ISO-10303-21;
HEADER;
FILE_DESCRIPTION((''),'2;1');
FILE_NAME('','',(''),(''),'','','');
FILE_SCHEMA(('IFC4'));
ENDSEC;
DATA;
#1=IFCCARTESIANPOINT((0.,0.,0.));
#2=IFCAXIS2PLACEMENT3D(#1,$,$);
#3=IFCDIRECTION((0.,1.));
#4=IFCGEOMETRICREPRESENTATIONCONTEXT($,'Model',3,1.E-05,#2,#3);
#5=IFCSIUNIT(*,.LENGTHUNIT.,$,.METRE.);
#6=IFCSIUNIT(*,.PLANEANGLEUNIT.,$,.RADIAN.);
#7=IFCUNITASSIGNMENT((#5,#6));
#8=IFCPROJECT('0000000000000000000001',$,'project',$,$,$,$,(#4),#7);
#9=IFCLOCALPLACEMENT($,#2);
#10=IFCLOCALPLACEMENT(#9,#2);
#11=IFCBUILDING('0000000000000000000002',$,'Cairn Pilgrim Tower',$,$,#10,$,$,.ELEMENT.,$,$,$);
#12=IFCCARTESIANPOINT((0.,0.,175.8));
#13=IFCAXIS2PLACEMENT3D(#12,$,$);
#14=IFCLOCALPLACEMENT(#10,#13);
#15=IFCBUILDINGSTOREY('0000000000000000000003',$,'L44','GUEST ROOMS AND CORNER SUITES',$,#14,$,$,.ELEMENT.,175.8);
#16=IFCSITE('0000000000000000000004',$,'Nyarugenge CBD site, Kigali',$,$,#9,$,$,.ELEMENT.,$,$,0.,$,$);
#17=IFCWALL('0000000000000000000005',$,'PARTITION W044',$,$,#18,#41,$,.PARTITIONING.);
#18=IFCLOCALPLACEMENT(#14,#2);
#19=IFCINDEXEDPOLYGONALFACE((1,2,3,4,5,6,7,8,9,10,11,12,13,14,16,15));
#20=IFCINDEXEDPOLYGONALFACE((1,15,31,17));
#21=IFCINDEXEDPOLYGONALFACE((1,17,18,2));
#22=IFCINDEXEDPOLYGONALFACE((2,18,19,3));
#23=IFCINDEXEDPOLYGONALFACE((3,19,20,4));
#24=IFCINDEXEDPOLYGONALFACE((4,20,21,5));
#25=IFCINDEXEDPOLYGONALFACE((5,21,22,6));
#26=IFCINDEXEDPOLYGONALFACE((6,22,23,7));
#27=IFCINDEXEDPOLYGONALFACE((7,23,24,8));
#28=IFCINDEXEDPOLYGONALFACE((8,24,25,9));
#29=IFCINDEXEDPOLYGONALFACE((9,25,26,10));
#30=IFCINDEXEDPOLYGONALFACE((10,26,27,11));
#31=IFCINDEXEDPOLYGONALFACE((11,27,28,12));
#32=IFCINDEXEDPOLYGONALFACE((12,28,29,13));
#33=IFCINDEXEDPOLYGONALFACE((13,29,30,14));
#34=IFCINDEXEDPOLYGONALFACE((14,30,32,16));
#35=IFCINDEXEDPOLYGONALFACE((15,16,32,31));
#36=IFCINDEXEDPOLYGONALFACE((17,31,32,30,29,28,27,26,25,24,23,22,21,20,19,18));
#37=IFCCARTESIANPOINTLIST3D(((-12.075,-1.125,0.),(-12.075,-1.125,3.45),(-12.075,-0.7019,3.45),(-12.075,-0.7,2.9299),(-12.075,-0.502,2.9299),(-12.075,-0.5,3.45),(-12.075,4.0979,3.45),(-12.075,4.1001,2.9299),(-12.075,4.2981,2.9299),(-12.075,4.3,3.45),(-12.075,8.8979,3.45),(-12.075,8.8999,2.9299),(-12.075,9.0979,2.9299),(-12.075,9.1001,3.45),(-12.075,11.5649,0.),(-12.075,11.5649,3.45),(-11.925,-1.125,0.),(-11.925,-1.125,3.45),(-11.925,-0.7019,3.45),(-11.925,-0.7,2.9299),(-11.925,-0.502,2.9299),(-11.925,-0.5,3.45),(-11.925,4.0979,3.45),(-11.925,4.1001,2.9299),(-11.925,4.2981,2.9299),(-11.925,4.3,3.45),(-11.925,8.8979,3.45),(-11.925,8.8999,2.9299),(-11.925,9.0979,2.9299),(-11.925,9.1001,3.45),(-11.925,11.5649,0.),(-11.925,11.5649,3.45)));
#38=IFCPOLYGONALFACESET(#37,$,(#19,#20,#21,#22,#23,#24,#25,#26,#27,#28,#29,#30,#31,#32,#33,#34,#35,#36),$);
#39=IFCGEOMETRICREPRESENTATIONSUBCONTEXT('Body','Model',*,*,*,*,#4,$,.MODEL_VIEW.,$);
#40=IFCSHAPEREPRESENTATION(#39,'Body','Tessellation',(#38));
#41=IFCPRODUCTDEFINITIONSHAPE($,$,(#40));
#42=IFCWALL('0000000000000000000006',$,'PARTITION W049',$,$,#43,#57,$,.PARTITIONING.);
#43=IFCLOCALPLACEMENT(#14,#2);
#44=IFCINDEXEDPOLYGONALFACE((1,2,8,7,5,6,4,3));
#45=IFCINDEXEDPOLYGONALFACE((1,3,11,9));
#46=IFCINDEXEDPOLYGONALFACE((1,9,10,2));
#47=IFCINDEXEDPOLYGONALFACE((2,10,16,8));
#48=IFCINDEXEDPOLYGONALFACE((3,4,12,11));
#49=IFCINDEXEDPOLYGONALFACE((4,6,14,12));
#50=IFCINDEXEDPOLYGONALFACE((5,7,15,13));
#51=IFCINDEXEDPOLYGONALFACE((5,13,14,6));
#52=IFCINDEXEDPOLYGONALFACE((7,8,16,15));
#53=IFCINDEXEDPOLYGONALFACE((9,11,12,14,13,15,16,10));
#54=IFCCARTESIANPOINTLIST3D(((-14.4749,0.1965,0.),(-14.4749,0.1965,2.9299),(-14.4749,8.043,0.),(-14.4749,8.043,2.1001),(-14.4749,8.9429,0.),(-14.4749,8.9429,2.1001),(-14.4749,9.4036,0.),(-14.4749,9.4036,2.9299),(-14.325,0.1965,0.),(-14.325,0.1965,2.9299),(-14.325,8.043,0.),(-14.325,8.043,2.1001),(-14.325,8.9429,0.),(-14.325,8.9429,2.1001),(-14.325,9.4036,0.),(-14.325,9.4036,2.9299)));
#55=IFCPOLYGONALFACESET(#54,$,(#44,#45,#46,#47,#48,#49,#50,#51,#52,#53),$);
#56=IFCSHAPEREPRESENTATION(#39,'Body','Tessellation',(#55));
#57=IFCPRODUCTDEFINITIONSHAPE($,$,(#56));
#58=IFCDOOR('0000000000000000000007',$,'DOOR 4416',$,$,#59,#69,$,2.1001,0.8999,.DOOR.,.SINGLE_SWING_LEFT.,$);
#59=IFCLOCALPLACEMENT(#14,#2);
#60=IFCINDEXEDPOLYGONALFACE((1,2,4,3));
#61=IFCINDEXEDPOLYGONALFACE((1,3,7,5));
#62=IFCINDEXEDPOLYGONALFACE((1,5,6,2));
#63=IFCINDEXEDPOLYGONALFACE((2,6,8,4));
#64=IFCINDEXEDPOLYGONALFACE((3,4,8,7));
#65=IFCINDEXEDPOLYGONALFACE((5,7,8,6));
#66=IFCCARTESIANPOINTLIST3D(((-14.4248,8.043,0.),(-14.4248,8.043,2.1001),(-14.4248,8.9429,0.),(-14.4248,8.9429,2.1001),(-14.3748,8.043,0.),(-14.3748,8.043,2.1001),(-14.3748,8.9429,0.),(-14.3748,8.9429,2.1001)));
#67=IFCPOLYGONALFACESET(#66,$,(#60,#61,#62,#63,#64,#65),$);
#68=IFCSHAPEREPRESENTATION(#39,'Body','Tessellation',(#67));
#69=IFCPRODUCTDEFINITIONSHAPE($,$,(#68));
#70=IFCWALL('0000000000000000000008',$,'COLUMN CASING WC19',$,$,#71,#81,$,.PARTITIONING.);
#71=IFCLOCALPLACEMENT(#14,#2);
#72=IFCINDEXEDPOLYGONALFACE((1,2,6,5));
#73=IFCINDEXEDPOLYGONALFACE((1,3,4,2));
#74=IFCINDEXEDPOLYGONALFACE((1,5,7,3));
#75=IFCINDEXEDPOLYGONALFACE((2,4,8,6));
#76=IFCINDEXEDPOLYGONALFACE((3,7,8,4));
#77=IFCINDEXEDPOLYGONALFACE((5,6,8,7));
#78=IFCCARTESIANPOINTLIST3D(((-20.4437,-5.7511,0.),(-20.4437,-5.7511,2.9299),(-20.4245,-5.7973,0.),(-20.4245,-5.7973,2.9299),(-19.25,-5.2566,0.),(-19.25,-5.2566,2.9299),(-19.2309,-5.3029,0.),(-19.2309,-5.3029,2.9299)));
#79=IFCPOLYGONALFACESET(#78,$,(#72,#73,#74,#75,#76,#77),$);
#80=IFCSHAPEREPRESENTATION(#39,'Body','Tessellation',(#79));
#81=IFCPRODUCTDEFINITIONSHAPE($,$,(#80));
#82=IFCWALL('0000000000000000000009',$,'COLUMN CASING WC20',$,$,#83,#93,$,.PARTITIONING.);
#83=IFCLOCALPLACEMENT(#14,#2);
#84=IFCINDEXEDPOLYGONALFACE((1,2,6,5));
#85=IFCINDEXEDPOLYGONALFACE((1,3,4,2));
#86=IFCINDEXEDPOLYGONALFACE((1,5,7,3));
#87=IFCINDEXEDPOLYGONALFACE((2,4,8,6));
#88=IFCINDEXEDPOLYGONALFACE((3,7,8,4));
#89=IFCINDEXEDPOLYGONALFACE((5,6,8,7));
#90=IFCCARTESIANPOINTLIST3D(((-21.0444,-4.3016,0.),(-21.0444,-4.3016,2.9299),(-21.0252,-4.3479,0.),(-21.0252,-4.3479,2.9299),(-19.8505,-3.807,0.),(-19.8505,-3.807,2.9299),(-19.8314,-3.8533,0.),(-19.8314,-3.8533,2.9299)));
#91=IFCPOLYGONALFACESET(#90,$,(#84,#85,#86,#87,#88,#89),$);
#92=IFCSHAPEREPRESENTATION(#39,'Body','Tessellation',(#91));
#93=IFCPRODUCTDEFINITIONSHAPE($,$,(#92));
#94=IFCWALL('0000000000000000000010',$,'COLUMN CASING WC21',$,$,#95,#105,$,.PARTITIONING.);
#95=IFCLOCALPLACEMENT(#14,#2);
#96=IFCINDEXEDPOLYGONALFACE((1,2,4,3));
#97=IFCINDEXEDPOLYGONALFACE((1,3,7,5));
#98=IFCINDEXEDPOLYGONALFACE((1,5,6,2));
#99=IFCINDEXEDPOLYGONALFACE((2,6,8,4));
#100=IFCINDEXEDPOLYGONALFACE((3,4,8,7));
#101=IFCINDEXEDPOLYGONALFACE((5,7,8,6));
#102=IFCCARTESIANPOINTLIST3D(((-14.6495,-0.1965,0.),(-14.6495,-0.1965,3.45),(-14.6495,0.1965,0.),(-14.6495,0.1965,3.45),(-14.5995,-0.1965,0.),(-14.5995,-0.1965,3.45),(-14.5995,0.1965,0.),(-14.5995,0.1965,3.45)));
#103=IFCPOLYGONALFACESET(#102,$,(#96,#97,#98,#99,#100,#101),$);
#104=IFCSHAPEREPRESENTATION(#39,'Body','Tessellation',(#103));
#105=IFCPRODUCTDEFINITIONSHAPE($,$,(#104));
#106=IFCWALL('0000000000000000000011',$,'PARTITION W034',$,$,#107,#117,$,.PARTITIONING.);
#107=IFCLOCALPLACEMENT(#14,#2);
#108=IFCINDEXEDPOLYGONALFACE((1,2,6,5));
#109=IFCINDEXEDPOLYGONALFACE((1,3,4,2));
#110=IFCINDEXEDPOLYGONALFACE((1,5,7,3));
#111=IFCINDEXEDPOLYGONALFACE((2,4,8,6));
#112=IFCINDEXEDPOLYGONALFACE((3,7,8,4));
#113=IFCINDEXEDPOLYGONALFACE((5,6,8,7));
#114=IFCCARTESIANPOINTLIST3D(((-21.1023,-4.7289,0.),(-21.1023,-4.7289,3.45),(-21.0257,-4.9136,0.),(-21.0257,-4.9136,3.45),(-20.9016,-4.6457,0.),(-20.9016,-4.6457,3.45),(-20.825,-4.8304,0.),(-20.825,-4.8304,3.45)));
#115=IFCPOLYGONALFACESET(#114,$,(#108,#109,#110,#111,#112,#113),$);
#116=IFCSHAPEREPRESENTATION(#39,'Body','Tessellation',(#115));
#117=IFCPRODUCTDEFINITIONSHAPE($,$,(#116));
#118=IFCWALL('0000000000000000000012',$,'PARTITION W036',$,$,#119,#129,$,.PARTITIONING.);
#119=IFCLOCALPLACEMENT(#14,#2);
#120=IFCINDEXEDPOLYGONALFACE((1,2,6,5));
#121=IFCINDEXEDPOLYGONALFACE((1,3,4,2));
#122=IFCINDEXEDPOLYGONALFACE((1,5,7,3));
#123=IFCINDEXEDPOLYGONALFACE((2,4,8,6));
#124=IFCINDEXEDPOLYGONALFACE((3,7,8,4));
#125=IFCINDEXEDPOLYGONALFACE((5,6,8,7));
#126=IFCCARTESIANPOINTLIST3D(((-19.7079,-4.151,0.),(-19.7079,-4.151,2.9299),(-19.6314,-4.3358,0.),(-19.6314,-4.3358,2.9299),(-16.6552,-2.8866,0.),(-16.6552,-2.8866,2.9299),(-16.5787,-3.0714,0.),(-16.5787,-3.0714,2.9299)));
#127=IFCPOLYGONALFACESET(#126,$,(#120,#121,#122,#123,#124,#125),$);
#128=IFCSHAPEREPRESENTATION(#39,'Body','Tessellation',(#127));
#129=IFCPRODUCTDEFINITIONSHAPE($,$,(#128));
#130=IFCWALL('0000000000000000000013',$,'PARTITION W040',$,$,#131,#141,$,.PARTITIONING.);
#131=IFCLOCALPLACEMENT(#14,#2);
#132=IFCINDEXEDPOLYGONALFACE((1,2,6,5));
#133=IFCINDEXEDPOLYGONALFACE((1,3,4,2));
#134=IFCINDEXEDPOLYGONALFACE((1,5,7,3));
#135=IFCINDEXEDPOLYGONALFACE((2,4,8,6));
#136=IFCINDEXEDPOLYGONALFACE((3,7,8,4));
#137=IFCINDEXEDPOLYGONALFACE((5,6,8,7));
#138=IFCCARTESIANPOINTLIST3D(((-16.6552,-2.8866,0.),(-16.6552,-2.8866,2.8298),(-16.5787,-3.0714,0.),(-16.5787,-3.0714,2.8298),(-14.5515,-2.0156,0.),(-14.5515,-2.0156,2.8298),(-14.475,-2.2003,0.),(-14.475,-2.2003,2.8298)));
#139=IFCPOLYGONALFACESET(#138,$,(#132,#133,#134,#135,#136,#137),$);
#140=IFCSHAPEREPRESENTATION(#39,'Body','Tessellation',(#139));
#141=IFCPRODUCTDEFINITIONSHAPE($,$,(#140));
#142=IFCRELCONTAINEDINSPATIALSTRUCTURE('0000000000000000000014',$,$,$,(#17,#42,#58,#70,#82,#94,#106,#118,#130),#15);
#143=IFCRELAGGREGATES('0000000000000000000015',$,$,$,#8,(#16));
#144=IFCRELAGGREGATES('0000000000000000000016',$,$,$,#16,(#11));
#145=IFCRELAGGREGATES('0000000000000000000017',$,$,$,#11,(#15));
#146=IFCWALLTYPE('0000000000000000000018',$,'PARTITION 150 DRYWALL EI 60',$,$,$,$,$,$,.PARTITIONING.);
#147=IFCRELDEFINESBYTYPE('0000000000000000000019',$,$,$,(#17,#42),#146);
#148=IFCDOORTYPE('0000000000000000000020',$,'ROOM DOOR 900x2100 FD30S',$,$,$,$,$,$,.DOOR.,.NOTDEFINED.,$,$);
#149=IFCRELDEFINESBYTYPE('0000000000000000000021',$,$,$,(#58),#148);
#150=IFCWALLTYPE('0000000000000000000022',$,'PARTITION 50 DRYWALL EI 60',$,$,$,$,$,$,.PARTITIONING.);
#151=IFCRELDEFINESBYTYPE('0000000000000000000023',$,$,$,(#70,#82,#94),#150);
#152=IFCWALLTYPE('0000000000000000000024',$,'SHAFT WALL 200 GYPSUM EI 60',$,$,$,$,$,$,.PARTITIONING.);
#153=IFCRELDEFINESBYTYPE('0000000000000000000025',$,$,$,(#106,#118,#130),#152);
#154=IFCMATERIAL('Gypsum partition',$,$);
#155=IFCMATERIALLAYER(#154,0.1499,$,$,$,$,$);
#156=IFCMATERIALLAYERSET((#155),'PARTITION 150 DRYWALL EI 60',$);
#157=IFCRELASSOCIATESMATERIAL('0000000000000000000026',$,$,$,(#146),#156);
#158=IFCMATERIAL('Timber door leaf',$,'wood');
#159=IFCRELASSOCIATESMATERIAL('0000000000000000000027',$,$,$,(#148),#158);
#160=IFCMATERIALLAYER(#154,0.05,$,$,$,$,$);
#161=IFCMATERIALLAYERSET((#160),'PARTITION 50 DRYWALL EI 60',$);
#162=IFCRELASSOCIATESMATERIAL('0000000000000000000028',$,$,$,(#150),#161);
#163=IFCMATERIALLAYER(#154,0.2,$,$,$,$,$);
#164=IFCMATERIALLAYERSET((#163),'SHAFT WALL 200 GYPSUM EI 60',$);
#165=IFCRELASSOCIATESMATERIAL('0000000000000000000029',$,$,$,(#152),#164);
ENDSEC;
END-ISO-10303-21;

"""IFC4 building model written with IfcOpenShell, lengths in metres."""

from ifc_helpers import new_model, si_unit, direction, frame, frame_2d, origin, place, context, subcontext, project, spatial, polyline, rectangle, outline, extrude, material, layer, layer_set, type_object, element, fill, save


model = new_model("IFC4")

# Units and contexts
model_context = context("Model", 3, precision=1e-05, world=origin(), true_north=direction((0.0, 1.0)))
body_context = subcontext(model_context, "Body", "Model", "MODEL_VIEW")
ifc_project = project(units=[si_unit("LENGTHUNIT", "METRE"), si_unit("PLANEANGLEUNIT", "RADIAN")], contexts=[model_context])

# Site, building, storey
site_placement = place(None, origin())
site = spatial("IfcSite", under=ifc_project, at=site_placement, Name="Nyarugenge CBD site, Kigali", CompositionType="ELEMENT", RefElevation=0.0)
building_placement = place(site_placement, origin())
building = spatial("IfcBuilding", under=site, at=building_placement, Name="Cairn Pilgrim Tower", CompositionType="ELEMENT")
storey_placement = place(building_placement, frame((0.0, 0.0, 175.8)))
storey = spatial("IfcBuildingStorey", under=building, at=storey_placement, Name="L44", Description="GUEST ROOMS AND CORNER SUITES", CompositionType="ELEMENT", Elevation=175.8)

# Shared definitions
ifc_material_1 = material(Name="Gypsum partition")

# Shared definitions
ifc_material_2 = material(Name="Timber door leaf", Category="wood")

# Shared definitions
ifc_layer_1 = layer(ifc_material_1, 0.1499)
ifc_layer_set_1 = layer_set([ifc_layer_1], Name="PARTITION 150 DRYWALL EI 60")
wall_type_1 = type_object("IfcWallType", Name="PARTITION 150 DRYWALL EI 60", PredefinedType="PARTITIONING", material=ifc_layer_set_1)

# Shared definitions
door_type_1 = type_object("IfcDoorType", Name="ROOM DOOR 900x2100 FD30S", OperationType="NOTDEFINED", PredefinedType="DOOR", material=ifc_material_2)

# Wall
wall_1_placement = place(storey_placement, frame((-12.0, -1.125, 0.0), z_axis=(0.0, 0.0, 1.0), x_axis=(0.0, 1.0, 0.0)))
element("IfcWall", 1, at=wall_1_placement, inside=storey, type_object=wall_type_1, Name="PARTITION W044", PredefinedType="PARTITIONING", context=body_context, shape_type="SweptSolid", body=[
    extrude(outline(polyline([(0.0, 0.0), (12.6899, 0.0), (12.6899, 3.45), (10.2251, 3.45), (10.2229, 2.9299), (10.0249, 2.9299), (10.0229, 3.45), (5.425, 3.45), (5.4231, 2.9299), (5.2251, 2.9299), (5.2229, 3.45), (0.625, 3.45), (0.623, 2.9299), (0.425, 2.9299), (0.4231, 3.45), (0.0, 3.45), (0.0, 0.0)])), frame((0.0, 0.075, 0.0), z_axis=(0.0, -1.0, 0.0), x_axis=(1.0, 0.0, 0.0)), (0.0, 0.0, 1.0), 0.1499),
])

# Wall, opening, door
wall_2_placement = place(storey_placement, frame((-14.3999, 0.1965, 0.0), z_axis=(0.0, 0.0, 1.0), x_axis=(0.0, 1.0, 0.0)))
wall_2 = element("IfcWall", 2, at=wall_2_placement, inside=storey, type_object=wall_type_1, Name="PARTITION W049", PredefinedType="PARTITIONING", context=body_context, shape_type="SweptSolid", body=[
    extrude(rectangle(XDim=9.207, YDim=0.1499, at=frame_2d((4.6035, 0.0))), origin(), (0.0, 0.0, 1.0), 2.9299),
])
opening_1_placement = place(wall_2_placement, frame((7.8464, 0.0, 0.0)))
opening_1 = element("IfcOpeningElement", 3, at=opening_1_placement, cuts=wall_2, PredefinedType="OPENING", context=body_context, shape_type="SweptSolid", body=[
    extrude(rectangle(XDim=0.8999, YDim=2.1001, at=frame_2d((0.45, 1.05))), frame((0.0, 0.085, 0.0), z_axis=(0.0, -1.0, 0.0), x_axis=(1.0, 0.0, 0.0)), (0.0, 0.0, 1.0), 0.1699),
])
door_1_placement = place(opening_1_placement, origin())
door_1 = element("IfcDoor", 4, at=door_1_placement, inside=storey, type_object=door_type_1, Name="DOOR 4416", OperationType="SINGLE_SWING_LEFT", OverallHeight=2.1001, OverallWidth=0.8999, PredefinedType="DOOR", context=body_context, shape_type="SweptSolid", body=[
    extrude(rectangle(XDim=0.8999, YDim=2.1001, at=frame_2d((0.45, 1.05))), frame((0.0, 0.0249, 0.0), z_axis=(0.0, -1.0, 0.0), x_axis=(1.0, 0.0, 0.0)), (0.0, 0.0, 1.0), 0.05),
])
fill(opening_1, door_1)

# Walls
ifc_layer_2 = layer(ifc_material_1, 0.05)
ifc_layer_set_2 = layer_set([ifc_layer_2], Name="PARTITION 50 DRYWALL EI 60")
wall_type_2 = type_object("IfcWallType", Name="PARTITION 50 DRYWALL EI 60", PredefinedType="PARTITIONING", material=ifc_layer_set_2)
wall_3_placement = place(storey_placement, frame((-20.4341, -5.7742, 0.0), z_axis=(0.0, 0.0, 1.0), x_axis=(0.923886, 0.382669, 0.0)))
element("IfcWall", 5, at=wall_3_placement, inside=storey, type_object=wall_type_2, Name="COLUMN CASING WC19", PredefinedType="PARTITIONING", context=body_context, shape_type="SweptSolid", body=[
    extrude(rectangle(XDim=1.292, YDim=0.05, at=frame_2d((0.646, 0.0))), origin(), (0.0, 0.0, 1.0), 2.9299),
])
wall_4_placement = place(storey_placement, frame((-21.0347, -4.3247, 0.0), z_axis=(0.0, 0.0, 1.0), x_axis=(0.923846, 0.382763, 0.0)))
element("IfcWall", 6, at=wall_4_placement, inside=storey, type_object=wall_type_2, Name="COLUMN CASING WC20", PredefinedType="PARTITIONING", context=body_context, shape_type="SweptSolid", body=[
    extrude(rectangle(XDim=1.2922, YDim=0.05, at=frame_2d((0.646, 0.0))), origin(), (0.0, 0.0, 1.0), 2.9299),
])
wall_5_placement = place(storey_placement, frame((-14.6245, -0.1965, 0.0), z_axis=(0.0, 0.0, 1.0), x_axis=(0.0, 1.0, 0.0)))
element("IfcWall", 7, at=wall_5_placement, inside=storey, type_object=wall_type_2, Name="COLUMN CASING WC21", PredefinedType="PARTITIONING", context=body_context, shape_type="SweptSolid", body=[
    extrude(rectangle(XDim=0.3931, YDim=0.05, at=frame_2d((0.1965, 0.0))), origin(), (0.0, 0.0, 1.0), 3.45),
])
ifc_layer_3 = layer(ifc_material_1, 0.2)
ifc_layer_set_3 = layer_set([ifc_layer_3], Name="SHAFT WALL 200 GYPSUM EI 60")
wall_type_3 = type_object("IfcWallType", Name="SHAFT WALL 200 GYPSUM EI 60", PredefinedType="PARTITIONING", material=ifc_layer_set_3)
wall_6_placement = place(storey_placement, frame((-21.064, -4.8213, 0.0), z_axis=(0.0, 0.0, 1.0), x_axis=(0.923674, 0.383179, 0.0)))
element("IfcWall", 8, at=wall_6_placement, inside=storey, type_object=wall_type_3, Name="PARTITION W034", PredefinedType="PARTITIONING", context=body_context, shape_type="SweptSolid", body=[
    extrude(rectangle(XDim=0.2173, YDim=0.2, at=frame_2d((0.1086, 0.0))), origin(), (0.0, 0.0, 1.0), 3.45),
])
wall_7_placement = place(storey_placement, frame((-19.6697, -4.2434, 0.0), z_axis=(0.0, 0.0, 1.0), x_axis=(0.923888, 0.382663, 0.0)))
element("IfcWall", 9, at=wall_7_placement, inside=storey, type_object=wall_type_3, Name="PARTITION W036", PredefinedType="PARTITIONING", context=body_context, shape_type="SweptSolid", body=[
    extrude(rectangle(XDim=3.3042, YDim=0.2, at=frame_2d((1.6521, 0.0))), origin(), (0.0, 0.0, 1.0), 2.9299),
])
wall_8_placement = place(storey_placement, frame((-16.6169, -2.979, 0.0), z_axis=(0.0, 0.0, 1.0), x_axis=(0.923928, 0.382566, 0.0)))
element("IfcWall", 10, at=wall_8_placement, inside=storey, type_object=wall_type_3, Name="PARTITION W040", PredefinedType="PARTITIONING", context=body_context, shape_type="SweptSolid", body=[
    extrude(rectangle(XDim=2.2769, YDim=0.2, at=frame_2d((1.1384, 0.0))), origin(), (0.0, 0.0, 1.0), 2.8298),
])

save(model, "model.ifc")
